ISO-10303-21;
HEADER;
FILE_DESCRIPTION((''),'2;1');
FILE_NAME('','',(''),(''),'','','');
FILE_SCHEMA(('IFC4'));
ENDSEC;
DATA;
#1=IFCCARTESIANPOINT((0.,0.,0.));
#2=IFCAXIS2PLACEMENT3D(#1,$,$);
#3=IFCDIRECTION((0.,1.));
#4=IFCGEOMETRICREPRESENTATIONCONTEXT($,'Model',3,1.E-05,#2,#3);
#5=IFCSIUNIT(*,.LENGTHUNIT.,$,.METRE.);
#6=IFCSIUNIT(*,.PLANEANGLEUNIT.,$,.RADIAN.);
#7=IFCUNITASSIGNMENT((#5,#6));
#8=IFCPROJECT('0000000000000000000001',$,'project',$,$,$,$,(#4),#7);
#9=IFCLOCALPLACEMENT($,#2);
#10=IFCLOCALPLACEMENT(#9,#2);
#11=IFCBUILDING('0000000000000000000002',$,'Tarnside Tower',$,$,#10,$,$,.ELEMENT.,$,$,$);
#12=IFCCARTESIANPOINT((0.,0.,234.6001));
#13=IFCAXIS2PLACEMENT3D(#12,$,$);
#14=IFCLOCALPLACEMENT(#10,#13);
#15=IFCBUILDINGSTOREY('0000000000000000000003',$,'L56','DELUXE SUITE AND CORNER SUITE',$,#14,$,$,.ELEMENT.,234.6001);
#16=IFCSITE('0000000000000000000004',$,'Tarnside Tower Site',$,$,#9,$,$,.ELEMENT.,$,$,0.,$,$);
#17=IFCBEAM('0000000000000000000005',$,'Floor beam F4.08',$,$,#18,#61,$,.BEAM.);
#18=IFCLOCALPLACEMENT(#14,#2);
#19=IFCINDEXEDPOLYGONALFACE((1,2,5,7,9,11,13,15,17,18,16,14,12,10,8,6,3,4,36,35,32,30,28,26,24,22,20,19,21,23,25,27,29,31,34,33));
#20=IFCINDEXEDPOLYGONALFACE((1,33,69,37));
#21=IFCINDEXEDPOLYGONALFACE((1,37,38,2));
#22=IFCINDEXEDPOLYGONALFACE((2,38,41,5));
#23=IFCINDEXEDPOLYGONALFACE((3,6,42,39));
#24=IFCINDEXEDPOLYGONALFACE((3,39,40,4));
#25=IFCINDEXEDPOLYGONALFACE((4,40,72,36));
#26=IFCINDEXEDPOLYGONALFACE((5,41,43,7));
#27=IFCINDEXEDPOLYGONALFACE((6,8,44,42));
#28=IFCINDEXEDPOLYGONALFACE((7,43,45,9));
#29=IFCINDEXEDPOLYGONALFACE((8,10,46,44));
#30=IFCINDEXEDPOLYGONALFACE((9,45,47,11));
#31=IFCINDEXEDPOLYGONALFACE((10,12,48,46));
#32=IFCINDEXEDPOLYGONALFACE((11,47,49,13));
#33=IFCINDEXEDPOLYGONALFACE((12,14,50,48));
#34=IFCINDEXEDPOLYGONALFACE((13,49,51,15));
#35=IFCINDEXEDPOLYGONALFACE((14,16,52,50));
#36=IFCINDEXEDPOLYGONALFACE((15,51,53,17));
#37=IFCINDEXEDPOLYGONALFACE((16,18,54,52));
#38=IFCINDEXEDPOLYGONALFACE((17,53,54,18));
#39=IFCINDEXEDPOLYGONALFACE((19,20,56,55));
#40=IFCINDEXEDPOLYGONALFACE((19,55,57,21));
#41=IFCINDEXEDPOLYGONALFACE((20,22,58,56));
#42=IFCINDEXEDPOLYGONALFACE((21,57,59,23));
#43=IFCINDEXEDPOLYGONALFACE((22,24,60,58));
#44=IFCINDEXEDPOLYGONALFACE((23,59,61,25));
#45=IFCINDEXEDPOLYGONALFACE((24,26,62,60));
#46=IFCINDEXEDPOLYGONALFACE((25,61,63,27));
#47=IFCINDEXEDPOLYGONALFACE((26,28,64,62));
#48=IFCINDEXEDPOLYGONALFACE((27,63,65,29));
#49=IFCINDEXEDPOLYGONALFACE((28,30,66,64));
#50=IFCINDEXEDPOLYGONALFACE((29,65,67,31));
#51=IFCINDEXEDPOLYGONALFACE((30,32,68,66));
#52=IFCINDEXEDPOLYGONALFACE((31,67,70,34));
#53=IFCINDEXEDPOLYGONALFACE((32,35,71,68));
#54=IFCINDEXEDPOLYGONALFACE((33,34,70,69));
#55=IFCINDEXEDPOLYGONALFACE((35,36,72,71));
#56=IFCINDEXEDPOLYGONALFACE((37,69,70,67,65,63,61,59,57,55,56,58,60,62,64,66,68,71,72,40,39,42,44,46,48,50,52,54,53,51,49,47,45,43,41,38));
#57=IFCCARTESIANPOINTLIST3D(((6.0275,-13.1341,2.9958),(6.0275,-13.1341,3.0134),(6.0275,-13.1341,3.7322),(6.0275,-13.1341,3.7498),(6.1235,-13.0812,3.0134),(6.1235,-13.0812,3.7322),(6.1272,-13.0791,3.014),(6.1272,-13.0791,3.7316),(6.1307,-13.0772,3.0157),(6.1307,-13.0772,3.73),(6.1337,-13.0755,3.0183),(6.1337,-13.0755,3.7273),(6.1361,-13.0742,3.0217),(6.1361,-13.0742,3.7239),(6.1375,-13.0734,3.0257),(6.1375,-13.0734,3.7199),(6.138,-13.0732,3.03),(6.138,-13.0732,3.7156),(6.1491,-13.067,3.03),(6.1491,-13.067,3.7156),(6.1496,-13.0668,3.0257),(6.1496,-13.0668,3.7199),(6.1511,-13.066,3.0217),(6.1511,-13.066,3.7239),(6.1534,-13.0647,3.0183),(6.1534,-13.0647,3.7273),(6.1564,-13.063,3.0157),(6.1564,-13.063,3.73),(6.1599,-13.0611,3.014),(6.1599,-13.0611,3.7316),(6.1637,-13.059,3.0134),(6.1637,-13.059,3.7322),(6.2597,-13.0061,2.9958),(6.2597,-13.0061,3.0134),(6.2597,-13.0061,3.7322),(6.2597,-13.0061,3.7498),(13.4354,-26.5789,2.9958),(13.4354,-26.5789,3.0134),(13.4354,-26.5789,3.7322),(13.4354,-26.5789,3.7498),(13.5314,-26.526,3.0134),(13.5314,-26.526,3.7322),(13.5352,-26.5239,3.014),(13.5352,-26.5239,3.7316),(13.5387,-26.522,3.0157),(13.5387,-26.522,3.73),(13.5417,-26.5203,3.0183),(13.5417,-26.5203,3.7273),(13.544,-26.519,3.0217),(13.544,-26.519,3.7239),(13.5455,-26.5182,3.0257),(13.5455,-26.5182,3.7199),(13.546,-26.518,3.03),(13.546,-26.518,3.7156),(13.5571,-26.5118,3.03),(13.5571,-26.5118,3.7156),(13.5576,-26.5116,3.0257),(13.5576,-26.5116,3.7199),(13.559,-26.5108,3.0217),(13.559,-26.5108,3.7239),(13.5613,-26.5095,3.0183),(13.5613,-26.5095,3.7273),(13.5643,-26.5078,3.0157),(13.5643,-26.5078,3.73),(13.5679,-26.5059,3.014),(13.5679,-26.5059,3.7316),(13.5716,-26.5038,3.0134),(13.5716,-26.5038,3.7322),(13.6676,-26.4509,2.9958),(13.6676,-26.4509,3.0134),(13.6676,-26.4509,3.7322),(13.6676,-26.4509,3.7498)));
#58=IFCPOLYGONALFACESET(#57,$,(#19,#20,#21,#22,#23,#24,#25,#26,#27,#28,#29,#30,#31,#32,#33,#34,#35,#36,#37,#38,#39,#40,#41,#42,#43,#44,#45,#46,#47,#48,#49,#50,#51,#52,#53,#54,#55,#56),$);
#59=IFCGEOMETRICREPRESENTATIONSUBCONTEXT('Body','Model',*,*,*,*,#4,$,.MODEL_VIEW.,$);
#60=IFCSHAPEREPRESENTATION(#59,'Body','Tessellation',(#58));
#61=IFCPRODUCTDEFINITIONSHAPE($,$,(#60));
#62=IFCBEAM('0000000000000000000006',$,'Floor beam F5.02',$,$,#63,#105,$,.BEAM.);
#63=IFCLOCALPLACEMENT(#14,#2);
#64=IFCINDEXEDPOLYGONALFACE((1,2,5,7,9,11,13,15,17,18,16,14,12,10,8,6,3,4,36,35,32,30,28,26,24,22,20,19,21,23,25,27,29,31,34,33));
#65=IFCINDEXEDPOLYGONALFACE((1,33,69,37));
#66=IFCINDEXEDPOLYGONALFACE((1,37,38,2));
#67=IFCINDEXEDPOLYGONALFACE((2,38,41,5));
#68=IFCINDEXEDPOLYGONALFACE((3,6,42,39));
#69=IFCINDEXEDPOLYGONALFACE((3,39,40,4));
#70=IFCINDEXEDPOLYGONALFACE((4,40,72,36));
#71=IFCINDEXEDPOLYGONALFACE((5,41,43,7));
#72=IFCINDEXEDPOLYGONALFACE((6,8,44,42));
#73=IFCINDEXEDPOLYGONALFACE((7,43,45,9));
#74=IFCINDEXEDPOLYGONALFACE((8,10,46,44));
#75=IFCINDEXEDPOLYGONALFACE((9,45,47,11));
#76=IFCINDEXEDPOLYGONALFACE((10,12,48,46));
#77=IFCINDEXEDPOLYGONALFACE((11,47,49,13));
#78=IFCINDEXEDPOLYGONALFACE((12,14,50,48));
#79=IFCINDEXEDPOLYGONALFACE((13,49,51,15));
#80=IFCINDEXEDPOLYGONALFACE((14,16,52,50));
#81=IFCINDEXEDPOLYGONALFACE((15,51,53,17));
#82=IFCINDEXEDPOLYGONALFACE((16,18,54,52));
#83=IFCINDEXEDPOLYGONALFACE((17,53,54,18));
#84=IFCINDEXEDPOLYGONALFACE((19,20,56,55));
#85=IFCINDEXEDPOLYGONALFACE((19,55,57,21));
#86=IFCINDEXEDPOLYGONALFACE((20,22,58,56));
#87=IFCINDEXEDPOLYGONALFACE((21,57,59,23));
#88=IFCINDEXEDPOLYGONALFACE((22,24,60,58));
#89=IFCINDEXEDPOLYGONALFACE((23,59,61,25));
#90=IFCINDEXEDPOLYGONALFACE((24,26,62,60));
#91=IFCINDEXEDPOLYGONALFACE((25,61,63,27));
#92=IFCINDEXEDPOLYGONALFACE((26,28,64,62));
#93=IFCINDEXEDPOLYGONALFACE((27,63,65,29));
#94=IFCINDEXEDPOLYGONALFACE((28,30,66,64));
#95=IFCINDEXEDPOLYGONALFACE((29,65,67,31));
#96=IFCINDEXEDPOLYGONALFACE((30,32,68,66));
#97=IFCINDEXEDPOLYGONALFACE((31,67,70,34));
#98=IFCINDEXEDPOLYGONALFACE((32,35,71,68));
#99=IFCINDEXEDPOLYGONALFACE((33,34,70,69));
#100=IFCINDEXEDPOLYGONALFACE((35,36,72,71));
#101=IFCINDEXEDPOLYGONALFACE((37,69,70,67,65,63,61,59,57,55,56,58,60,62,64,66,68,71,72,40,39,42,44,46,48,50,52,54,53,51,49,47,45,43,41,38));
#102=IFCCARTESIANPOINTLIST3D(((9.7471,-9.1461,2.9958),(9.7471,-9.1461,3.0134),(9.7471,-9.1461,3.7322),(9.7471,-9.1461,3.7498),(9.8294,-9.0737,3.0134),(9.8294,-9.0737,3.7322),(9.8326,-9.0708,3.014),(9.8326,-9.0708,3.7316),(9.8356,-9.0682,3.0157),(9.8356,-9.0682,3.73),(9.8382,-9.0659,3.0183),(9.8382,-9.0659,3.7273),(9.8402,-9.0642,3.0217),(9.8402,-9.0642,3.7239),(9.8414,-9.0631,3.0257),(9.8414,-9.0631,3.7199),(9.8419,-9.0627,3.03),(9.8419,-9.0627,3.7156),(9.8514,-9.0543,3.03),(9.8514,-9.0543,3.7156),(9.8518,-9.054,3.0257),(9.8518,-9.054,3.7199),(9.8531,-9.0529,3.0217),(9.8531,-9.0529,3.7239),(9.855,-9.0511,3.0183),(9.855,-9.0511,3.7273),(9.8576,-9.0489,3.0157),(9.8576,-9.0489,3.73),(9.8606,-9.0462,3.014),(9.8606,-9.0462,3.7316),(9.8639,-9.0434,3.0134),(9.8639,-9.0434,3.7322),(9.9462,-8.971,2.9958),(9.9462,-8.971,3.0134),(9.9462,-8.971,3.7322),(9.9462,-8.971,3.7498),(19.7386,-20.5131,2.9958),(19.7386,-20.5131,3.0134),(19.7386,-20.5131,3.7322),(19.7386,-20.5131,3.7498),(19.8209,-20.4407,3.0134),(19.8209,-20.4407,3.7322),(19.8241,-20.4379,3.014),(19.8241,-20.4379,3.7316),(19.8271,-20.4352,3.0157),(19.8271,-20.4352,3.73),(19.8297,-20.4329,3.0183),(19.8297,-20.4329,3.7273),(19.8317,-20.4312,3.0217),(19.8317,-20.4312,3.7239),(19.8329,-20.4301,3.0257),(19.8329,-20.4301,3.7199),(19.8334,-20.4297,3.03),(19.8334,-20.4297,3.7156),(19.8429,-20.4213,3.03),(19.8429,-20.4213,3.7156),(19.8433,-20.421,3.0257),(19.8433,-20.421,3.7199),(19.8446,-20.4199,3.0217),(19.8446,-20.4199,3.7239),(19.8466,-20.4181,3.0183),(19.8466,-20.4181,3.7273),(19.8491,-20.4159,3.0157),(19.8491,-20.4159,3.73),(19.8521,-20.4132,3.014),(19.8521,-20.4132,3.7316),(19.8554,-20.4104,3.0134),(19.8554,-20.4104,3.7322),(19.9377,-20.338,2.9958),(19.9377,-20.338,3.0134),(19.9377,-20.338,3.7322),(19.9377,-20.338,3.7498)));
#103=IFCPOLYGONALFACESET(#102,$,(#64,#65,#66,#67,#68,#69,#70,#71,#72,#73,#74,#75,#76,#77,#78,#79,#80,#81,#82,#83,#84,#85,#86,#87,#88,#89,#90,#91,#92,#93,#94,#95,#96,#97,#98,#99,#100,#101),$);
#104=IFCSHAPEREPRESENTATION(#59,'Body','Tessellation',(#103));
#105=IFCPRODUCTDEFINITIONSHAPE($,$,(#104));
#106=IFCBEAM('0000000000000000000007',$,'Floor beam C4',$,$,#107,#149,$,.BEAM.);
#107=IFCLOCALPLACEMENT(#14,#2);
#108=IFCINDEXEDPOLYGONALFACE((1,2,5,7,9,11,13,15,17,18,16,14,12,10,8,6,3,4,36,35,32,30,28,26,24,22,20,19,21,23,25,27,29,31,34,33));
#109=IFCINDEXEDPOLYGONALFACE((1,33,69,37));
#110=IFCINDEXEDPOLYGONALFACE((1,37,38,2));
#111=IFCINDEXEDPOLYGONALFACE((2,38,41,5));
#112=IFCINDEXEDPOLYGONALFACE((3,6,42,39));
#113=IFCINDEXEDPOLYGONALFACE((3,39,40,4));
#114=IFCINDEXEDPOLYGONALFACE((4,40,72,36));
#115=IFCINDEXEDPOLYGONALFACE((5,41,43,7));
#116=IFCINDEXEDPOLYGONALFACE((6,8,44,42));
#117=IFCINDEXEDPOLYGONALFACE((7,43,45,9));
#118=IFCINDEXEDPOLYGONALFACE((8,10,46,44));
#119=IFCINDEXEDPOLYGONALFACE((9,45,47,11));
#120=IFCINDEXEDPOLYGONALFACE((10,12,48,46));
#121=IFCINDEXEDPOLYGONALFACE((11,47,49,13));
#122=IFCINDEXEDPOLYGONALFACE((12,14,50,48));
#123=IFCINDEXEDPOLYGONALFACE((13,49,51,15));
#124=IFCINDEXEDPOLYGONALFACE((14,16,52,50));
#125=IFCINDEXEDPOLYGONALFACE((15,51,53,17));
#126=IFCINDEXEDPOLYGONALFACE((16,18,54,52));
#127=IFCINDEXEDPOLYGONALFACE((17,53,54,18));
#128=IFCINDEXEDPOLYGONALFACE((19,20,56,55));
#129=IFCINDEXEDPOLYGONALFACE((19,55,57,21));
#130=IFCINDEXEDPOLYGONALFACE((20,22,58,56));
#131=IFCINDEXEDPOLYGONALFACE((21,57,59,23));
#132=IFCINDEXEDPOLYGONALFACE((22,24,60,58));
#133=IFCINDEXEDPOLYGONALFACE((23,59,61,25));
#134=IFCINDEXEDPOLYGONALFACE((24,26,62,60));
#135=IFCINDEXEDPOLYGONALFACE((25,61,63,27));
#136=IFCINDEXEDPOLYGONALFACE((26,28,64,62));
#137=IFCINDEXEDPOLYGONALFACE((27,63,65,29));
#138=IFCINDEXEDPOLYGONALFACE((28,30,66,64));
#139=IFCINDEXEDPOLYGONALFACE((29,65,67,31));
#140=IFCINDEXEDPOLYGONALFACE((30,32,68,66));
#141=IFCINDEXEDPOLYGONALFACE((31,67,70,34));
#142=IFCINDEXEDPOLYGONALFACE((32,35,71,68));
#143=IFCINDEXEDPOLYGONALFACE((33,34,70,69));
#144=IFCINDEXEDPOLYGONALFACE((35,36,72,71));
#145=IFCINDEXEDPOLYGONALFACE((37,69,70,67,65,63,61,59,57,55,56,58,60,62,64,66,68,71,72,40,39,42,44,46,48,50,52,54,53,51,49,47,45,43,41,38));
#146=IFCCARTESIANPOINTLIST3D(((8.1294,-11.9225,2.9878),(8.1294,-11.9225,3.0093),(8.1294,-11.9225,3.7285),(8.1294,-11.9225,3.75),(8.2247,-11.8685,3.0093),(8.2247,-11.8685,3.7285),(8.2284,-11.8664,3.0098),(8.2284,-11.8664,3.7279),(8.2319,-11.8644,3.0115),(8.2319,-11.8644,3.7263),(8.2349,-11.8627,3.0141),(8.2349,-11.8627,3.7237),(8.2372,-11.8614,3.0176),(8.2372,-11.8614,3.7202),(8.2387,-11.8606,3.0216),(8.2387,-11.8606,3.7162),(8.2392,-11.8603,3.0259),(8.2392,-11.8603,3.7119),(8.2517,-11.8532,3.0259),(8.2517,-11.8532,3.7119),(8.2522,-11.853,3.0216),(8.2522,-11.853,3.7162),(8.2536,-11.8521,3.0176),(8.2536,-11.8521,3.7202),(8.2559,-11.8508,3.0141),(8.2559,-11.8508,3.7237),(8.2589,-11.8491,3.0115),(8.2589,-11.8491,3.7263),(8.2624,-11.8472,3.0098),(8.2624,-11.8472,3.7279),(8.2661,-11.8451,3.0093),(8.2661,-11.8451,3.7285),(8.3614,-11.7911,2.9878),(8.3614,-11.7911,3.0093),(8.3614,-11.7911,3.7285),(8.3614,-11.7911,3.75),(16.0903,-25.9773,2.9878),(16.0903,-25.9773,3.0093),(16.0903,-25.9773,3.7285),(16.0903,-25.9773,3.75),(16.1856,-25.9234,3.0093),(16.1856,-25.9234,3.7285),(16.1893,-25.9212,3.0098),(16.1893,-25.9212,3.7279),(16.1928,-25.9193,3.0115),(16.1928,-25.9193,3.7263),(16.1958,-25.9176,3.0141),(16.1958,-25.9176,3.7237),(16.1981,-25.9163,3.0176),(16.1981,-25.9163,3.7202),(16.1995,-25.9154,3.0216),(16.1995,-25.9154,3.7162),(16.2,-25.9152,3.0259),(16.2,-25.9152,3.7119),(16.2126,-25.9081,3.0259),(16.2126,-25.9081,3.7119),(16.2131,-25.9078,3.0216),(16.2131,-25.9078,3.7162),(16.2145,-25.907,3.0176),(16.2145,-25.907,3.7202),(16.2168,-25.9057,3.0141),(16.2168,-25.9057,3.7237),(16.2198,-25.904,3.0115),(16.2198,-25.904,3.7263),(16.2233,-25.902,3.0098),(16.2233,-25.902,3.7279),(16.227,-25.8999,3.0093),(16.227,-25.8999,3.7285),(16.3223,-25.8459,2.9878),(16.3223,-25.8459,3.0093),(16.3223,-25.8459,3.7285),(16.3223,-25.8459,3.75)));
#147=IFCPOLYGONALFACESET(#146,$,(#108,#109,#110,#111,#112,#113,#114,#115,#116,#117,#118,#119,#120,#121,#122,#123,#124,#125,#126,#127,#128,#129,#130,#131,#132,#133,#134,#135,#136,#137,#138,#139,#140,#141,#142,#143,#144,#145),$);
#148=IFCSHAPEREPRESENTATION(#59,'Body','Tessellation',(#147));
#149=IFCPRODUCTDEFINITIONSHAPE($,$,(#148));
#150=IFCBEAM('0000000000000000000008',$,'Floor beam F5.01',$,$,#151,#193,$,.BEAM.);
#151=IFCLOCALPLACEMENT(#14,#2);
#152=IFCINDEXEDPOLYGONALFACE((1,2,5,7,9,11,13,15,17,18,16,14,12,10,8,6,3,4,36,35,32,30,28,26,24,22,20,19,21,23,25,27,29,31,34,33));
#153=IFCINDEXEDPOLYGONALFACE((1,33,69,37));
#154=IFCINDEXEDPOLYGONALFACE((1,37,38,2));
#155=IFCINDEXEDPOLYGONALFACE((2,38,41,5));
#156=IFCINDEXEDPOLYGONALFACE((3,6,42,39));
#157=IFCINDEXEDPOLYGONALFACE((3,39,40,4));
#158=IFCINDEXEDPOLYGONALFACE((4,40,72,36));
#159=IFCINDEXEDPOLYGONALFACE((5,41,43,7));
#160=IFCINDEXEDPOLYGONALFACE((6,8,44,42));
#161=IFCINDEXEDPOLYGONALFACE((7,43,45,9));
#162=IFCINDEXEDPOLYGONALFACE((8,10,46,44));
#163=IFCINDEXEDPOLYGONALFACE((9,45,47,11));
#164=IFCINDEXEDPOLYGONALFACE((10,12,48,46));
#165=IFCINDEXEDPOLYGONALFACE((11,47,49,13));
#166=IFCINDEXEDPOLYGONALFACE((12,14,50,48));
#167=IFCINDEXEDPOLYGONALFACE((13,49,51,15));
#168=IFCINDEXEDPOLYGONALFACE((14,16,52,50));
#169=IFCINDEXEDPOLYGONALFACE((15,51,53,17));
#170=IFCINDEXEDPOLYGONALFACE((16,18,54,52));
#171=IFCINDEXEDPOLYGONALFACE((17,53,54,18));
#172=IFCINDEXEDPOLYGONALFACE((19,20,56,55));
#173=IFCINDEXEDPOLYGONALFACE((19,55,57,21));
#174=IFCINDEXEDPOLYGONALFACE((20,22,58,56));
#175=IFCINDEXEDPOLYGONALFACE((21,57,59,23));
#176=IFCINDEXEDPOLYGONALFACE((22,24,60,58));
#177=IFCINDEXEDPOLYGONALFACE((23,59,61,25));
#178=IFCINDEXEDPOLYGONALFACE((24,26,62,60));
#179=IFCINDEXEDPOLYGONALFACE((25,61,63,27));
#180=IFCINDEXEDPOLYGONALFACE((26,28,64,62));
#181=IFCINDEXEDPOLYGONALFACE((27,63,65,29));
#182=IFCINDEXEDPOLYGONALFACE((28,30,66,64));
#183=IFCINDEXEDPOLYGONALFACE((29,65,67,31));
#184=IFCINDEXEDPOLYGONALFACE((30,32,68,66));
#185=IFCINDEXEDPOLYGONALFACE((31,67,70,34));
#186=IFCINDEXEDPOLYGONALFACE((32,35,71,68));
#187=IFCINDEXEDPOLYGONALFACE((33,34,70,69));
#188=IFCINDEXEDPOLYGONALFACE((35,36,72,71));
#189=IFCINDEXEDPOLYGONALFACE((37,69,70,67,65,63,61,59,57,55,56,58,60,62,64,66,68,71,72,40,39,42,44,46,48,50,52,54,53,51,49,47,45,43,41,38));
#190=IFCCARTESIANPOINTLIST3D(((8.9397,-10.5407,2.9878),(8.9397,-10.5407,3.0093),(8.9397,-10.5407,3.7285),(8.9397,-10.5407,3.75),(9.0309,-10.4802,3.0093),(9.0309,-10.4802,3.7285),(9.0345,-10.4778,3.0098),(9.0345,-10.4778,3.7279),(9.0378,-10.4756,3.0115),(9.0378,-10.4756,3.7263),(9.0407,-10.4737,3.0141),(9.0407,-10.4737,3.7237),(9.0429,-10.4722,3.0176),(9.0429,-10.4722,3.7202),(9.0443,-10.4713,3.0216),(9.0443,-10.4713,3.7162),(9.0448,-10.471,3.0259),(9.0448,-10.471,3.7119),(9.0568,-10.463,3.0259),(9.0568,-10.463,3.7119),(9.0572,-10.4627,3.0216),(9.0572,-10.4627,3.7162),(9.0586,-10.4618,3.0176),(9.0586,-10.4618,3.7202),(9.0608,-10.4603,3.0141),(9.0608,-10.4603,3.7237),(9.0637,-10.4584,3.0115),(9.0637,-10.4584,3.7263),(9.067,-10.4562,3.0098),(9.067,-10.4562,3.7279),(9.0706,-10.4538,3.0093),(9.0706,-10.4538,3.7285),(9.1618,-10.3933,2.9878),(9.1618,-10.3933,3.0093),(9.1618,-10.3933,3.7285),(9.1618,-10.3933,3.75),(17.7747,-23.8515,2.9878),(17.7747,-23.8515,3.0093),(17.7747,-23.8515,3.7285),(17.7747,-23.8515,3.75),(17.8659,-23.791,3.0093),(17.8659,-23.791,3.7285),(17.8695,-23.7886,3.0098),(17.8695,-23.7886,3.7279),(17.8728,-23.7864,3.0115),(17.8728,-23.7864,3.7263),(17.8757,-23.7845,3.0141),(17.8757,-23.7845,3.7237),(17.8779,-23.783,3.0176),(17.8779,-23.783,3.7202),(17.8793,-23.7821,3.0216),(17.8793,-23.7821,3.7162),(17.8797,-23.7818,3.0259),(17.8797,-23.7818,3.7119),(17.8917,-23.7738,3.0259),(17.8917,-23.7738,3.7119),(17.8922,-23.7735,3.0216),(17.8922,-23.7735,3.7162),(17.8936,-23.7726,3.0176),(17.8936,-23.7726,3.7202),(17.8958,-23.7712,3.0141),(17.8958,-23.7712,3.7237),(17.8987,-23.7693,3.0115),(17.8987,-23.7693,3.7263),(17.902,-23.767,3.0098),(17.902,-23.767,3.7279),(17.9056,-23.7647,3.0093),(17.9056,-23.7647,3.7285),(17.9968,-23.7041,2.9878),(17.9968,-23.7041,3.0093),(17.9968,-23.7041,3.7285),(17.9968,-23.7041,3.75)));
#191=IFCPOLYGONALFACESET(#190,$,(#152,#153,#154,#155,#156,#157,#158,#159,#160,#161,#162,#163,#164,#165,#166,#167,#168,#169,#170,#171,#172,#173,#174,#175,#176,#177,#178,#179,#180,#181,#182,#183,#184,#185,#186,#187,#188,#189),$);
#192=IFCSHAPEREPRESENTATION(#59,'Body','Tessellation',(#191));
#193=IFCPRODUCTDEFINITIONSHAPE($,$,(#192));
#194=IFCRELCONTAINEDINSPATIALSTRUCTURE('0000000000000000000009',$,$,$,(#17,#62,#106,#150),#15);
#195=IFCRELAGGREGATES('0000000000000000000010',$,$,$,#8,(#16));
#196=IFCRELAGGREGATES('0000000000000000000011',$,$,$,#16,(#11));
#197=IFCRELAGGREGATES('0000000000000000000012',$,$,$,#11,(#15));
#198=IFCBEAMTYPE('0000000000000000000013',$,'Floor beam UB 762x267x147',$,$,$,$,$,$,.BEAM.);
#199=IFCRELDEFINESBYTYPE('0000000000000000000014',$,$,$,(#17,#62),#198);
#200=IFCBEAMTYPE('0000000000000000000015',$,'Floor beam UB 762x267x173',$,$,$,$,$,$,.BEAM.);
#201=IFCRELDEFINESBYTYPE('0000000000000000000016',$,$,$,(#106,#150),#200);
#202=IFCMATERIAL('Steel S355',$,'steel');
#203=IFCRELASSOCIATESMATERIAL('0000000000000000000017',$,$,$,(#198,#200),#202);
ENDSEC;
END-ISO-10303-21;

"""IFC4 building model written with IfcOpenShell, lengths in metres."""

from ifc_helpers import new_model, si_unit, direction, frame, origin, origin_2d, place, context, subcontext, project, spatial, i_section, extrude, material, material_profile, profile_set, type_object, element, save


model = new_model("IFC4")

# Units and contexts
model_context = context("Model", 3, precision=1e-05, world=origin(), true_north=direction((0.0, 1.0)))
body_context = subcontext(model_context, "Body", "Model", "MODEL_VIEW")
ifc_project = project(units=[si_unit("LENGTHUNIT", "METRE"), si_unit("PLANEANGLEUNIT", "RADIAN")], contexts=[model_context])

# Site, building, storey
site_placement = place(None, origin())
site = spatial("IfcSite", under=ifc_project, at=site_placement, Name="Tarnside Tower Site", CompositionType="ELEMENT", RefElevation=0.0)
building_placement = place(site_placement, origin())
building = spatial("IfcBuilding", under=site, at=building_placement, Name="Tarnside Tower", CompositionType="ELEMENT")
storey_placement = place(building_placement, frame((0.0, 0.0, 234.6001)))
storey = spatial("IfcBuildingStorey", under=building, at=storey_placement, Name="L56", Description="DELUXE SUITE AND CORNER SUITE", CompositionType="ELEMENT", Elevation=234.6001)

# Beams
ifc_material_1 = material(Name="Steel S355", Category="steel")
ifc_material_profile_1 = material_profile(ifc_material_1, i_section(OverallWidth=0.2651, OverallDepth=0.7539, WebThickness=0.0127, FlangeThickness=0.0176, FilletRadius=0.0166, at=origin_2d()), Name="UB 762x267x147")
ifc_profile_set_1 = profile_set([ifc_material_profile_1], Name="Steel S355")
beam_type_1 = type_object("IfcBeamType", Name="Floor beam UB 762x267x147", PredefinedType="BEAM", material=ifc_profile_set_1)
beam_1_placement = place(storey_placement, frame((13.5515, -26.5149, 3.3728), z_axis=(-0.482584, 0.87585, 0.0), x_axis=(-0.87585, -0.482584, 0.0)))
element("IfcBeam", 1, at=beam_1_placement, inside=storey, type_object=beam_type_1, Name="Floor beam F4.08", PredefinedType="BEAM", context=body_context, shape_type="SweptSolid", body=[
    extrude(i_section(OverallWidth=0.2651, OverallDepth=0.7539, WebThickness=0.0127, FlangeThickness=0.0176, FilletRadius=0.0166, at=origin_2d()), origin(), (0.0, 0.0, 1.0), 15.3506),
])
beam_2_placement = place(storey_placement, frame((19.8381, -20.4255, 3.3728), z_axis=(-0.660201, 0.751089, 0.0), x_axis=(-0.751089, -0.660201, 0.0)))
element("IfcBeam", 2, at=beam_2_placement, inside=storey, type_object=beam_type_1, Name="Floor beam F5.02", PredefinedType="BEAM", context=body_context, shape_type="SweptSolid", body=[
    extrude(i_section(OverallWidth=0.2651, OverallDepth=0.7539, WebThickness=0.0127, FlangeThickness=0.0176, FilletRadius=0.0166, at=origin_2d()), origin(), (0.0, 0.0, 1.0), 15.134),
])
ifc_material_profile_2 = material_profile(ifc_material_1, i_section(OverallWidth=0.2666, OverallDepth=0.7622, WebThickness=0.0144, FlangeThickness=0.0215, FilletRadius=0.0166, at=origin_2d()), Name="UB 762x267x173")
ifc_profile_set_2 = profile_set([ifc_material_profile_2], Name="Steel S355")
beam_type_2 = type_object("IfcBeamType", Name="Floor beam UB 762x267x173", PredefinedType="BEAM", material=ifc_profile_set_2)
beam_3_placement = place(storey_placement, frame((16.2063, -25.9116, 3.3689), z_axis=(-0.492847, 0.870116, 0.0), x_axis=(-0.870116, -0.492847, 0.0)))
element("IfcBeam", 3, at=beam_3_placement, inside=storey, type_object=beam_type_2, Name="Floor beam C4", PredefinedType="BEAM", context=body_context, shape_type="SweptSolid", body=[
    extrude(i_section(OverallWidth=0.2666, OverallDepth=0.7622, WebThickness=0.0144, FlangeThickness=0.0215, FilletRadius=0.0166, at=origin_2d()), origin(), (0.0, 0.0, 1.0), 16.1528),
])
beam_4_placement = place(storey_placement, frame((17.8857, -23.7778, 3.3689), z_axis=(-0.553013, 0.833172, 0.0), x_axis=(-0.833172, -0.553013, 0.0)))
element("IfcBeam", 4, at=beam_4_placement, inside=storey, type_object=beam_type_2, Name="Floor beam F5.01", PredefinedType="BEAM", context=body_context, shape_type="SweptSolid", body=[
    extrude(i_section(OverallWidth=0.2666, OverallDepth=0.7622, WebThickness=0.0144, FlangeThickness=0.0215, FilletRadius=0.0166, at=origin_2d()), origin(), (0.0, 0.0, 1.0), 15.9761),
])

save(model, "model.ifc")
